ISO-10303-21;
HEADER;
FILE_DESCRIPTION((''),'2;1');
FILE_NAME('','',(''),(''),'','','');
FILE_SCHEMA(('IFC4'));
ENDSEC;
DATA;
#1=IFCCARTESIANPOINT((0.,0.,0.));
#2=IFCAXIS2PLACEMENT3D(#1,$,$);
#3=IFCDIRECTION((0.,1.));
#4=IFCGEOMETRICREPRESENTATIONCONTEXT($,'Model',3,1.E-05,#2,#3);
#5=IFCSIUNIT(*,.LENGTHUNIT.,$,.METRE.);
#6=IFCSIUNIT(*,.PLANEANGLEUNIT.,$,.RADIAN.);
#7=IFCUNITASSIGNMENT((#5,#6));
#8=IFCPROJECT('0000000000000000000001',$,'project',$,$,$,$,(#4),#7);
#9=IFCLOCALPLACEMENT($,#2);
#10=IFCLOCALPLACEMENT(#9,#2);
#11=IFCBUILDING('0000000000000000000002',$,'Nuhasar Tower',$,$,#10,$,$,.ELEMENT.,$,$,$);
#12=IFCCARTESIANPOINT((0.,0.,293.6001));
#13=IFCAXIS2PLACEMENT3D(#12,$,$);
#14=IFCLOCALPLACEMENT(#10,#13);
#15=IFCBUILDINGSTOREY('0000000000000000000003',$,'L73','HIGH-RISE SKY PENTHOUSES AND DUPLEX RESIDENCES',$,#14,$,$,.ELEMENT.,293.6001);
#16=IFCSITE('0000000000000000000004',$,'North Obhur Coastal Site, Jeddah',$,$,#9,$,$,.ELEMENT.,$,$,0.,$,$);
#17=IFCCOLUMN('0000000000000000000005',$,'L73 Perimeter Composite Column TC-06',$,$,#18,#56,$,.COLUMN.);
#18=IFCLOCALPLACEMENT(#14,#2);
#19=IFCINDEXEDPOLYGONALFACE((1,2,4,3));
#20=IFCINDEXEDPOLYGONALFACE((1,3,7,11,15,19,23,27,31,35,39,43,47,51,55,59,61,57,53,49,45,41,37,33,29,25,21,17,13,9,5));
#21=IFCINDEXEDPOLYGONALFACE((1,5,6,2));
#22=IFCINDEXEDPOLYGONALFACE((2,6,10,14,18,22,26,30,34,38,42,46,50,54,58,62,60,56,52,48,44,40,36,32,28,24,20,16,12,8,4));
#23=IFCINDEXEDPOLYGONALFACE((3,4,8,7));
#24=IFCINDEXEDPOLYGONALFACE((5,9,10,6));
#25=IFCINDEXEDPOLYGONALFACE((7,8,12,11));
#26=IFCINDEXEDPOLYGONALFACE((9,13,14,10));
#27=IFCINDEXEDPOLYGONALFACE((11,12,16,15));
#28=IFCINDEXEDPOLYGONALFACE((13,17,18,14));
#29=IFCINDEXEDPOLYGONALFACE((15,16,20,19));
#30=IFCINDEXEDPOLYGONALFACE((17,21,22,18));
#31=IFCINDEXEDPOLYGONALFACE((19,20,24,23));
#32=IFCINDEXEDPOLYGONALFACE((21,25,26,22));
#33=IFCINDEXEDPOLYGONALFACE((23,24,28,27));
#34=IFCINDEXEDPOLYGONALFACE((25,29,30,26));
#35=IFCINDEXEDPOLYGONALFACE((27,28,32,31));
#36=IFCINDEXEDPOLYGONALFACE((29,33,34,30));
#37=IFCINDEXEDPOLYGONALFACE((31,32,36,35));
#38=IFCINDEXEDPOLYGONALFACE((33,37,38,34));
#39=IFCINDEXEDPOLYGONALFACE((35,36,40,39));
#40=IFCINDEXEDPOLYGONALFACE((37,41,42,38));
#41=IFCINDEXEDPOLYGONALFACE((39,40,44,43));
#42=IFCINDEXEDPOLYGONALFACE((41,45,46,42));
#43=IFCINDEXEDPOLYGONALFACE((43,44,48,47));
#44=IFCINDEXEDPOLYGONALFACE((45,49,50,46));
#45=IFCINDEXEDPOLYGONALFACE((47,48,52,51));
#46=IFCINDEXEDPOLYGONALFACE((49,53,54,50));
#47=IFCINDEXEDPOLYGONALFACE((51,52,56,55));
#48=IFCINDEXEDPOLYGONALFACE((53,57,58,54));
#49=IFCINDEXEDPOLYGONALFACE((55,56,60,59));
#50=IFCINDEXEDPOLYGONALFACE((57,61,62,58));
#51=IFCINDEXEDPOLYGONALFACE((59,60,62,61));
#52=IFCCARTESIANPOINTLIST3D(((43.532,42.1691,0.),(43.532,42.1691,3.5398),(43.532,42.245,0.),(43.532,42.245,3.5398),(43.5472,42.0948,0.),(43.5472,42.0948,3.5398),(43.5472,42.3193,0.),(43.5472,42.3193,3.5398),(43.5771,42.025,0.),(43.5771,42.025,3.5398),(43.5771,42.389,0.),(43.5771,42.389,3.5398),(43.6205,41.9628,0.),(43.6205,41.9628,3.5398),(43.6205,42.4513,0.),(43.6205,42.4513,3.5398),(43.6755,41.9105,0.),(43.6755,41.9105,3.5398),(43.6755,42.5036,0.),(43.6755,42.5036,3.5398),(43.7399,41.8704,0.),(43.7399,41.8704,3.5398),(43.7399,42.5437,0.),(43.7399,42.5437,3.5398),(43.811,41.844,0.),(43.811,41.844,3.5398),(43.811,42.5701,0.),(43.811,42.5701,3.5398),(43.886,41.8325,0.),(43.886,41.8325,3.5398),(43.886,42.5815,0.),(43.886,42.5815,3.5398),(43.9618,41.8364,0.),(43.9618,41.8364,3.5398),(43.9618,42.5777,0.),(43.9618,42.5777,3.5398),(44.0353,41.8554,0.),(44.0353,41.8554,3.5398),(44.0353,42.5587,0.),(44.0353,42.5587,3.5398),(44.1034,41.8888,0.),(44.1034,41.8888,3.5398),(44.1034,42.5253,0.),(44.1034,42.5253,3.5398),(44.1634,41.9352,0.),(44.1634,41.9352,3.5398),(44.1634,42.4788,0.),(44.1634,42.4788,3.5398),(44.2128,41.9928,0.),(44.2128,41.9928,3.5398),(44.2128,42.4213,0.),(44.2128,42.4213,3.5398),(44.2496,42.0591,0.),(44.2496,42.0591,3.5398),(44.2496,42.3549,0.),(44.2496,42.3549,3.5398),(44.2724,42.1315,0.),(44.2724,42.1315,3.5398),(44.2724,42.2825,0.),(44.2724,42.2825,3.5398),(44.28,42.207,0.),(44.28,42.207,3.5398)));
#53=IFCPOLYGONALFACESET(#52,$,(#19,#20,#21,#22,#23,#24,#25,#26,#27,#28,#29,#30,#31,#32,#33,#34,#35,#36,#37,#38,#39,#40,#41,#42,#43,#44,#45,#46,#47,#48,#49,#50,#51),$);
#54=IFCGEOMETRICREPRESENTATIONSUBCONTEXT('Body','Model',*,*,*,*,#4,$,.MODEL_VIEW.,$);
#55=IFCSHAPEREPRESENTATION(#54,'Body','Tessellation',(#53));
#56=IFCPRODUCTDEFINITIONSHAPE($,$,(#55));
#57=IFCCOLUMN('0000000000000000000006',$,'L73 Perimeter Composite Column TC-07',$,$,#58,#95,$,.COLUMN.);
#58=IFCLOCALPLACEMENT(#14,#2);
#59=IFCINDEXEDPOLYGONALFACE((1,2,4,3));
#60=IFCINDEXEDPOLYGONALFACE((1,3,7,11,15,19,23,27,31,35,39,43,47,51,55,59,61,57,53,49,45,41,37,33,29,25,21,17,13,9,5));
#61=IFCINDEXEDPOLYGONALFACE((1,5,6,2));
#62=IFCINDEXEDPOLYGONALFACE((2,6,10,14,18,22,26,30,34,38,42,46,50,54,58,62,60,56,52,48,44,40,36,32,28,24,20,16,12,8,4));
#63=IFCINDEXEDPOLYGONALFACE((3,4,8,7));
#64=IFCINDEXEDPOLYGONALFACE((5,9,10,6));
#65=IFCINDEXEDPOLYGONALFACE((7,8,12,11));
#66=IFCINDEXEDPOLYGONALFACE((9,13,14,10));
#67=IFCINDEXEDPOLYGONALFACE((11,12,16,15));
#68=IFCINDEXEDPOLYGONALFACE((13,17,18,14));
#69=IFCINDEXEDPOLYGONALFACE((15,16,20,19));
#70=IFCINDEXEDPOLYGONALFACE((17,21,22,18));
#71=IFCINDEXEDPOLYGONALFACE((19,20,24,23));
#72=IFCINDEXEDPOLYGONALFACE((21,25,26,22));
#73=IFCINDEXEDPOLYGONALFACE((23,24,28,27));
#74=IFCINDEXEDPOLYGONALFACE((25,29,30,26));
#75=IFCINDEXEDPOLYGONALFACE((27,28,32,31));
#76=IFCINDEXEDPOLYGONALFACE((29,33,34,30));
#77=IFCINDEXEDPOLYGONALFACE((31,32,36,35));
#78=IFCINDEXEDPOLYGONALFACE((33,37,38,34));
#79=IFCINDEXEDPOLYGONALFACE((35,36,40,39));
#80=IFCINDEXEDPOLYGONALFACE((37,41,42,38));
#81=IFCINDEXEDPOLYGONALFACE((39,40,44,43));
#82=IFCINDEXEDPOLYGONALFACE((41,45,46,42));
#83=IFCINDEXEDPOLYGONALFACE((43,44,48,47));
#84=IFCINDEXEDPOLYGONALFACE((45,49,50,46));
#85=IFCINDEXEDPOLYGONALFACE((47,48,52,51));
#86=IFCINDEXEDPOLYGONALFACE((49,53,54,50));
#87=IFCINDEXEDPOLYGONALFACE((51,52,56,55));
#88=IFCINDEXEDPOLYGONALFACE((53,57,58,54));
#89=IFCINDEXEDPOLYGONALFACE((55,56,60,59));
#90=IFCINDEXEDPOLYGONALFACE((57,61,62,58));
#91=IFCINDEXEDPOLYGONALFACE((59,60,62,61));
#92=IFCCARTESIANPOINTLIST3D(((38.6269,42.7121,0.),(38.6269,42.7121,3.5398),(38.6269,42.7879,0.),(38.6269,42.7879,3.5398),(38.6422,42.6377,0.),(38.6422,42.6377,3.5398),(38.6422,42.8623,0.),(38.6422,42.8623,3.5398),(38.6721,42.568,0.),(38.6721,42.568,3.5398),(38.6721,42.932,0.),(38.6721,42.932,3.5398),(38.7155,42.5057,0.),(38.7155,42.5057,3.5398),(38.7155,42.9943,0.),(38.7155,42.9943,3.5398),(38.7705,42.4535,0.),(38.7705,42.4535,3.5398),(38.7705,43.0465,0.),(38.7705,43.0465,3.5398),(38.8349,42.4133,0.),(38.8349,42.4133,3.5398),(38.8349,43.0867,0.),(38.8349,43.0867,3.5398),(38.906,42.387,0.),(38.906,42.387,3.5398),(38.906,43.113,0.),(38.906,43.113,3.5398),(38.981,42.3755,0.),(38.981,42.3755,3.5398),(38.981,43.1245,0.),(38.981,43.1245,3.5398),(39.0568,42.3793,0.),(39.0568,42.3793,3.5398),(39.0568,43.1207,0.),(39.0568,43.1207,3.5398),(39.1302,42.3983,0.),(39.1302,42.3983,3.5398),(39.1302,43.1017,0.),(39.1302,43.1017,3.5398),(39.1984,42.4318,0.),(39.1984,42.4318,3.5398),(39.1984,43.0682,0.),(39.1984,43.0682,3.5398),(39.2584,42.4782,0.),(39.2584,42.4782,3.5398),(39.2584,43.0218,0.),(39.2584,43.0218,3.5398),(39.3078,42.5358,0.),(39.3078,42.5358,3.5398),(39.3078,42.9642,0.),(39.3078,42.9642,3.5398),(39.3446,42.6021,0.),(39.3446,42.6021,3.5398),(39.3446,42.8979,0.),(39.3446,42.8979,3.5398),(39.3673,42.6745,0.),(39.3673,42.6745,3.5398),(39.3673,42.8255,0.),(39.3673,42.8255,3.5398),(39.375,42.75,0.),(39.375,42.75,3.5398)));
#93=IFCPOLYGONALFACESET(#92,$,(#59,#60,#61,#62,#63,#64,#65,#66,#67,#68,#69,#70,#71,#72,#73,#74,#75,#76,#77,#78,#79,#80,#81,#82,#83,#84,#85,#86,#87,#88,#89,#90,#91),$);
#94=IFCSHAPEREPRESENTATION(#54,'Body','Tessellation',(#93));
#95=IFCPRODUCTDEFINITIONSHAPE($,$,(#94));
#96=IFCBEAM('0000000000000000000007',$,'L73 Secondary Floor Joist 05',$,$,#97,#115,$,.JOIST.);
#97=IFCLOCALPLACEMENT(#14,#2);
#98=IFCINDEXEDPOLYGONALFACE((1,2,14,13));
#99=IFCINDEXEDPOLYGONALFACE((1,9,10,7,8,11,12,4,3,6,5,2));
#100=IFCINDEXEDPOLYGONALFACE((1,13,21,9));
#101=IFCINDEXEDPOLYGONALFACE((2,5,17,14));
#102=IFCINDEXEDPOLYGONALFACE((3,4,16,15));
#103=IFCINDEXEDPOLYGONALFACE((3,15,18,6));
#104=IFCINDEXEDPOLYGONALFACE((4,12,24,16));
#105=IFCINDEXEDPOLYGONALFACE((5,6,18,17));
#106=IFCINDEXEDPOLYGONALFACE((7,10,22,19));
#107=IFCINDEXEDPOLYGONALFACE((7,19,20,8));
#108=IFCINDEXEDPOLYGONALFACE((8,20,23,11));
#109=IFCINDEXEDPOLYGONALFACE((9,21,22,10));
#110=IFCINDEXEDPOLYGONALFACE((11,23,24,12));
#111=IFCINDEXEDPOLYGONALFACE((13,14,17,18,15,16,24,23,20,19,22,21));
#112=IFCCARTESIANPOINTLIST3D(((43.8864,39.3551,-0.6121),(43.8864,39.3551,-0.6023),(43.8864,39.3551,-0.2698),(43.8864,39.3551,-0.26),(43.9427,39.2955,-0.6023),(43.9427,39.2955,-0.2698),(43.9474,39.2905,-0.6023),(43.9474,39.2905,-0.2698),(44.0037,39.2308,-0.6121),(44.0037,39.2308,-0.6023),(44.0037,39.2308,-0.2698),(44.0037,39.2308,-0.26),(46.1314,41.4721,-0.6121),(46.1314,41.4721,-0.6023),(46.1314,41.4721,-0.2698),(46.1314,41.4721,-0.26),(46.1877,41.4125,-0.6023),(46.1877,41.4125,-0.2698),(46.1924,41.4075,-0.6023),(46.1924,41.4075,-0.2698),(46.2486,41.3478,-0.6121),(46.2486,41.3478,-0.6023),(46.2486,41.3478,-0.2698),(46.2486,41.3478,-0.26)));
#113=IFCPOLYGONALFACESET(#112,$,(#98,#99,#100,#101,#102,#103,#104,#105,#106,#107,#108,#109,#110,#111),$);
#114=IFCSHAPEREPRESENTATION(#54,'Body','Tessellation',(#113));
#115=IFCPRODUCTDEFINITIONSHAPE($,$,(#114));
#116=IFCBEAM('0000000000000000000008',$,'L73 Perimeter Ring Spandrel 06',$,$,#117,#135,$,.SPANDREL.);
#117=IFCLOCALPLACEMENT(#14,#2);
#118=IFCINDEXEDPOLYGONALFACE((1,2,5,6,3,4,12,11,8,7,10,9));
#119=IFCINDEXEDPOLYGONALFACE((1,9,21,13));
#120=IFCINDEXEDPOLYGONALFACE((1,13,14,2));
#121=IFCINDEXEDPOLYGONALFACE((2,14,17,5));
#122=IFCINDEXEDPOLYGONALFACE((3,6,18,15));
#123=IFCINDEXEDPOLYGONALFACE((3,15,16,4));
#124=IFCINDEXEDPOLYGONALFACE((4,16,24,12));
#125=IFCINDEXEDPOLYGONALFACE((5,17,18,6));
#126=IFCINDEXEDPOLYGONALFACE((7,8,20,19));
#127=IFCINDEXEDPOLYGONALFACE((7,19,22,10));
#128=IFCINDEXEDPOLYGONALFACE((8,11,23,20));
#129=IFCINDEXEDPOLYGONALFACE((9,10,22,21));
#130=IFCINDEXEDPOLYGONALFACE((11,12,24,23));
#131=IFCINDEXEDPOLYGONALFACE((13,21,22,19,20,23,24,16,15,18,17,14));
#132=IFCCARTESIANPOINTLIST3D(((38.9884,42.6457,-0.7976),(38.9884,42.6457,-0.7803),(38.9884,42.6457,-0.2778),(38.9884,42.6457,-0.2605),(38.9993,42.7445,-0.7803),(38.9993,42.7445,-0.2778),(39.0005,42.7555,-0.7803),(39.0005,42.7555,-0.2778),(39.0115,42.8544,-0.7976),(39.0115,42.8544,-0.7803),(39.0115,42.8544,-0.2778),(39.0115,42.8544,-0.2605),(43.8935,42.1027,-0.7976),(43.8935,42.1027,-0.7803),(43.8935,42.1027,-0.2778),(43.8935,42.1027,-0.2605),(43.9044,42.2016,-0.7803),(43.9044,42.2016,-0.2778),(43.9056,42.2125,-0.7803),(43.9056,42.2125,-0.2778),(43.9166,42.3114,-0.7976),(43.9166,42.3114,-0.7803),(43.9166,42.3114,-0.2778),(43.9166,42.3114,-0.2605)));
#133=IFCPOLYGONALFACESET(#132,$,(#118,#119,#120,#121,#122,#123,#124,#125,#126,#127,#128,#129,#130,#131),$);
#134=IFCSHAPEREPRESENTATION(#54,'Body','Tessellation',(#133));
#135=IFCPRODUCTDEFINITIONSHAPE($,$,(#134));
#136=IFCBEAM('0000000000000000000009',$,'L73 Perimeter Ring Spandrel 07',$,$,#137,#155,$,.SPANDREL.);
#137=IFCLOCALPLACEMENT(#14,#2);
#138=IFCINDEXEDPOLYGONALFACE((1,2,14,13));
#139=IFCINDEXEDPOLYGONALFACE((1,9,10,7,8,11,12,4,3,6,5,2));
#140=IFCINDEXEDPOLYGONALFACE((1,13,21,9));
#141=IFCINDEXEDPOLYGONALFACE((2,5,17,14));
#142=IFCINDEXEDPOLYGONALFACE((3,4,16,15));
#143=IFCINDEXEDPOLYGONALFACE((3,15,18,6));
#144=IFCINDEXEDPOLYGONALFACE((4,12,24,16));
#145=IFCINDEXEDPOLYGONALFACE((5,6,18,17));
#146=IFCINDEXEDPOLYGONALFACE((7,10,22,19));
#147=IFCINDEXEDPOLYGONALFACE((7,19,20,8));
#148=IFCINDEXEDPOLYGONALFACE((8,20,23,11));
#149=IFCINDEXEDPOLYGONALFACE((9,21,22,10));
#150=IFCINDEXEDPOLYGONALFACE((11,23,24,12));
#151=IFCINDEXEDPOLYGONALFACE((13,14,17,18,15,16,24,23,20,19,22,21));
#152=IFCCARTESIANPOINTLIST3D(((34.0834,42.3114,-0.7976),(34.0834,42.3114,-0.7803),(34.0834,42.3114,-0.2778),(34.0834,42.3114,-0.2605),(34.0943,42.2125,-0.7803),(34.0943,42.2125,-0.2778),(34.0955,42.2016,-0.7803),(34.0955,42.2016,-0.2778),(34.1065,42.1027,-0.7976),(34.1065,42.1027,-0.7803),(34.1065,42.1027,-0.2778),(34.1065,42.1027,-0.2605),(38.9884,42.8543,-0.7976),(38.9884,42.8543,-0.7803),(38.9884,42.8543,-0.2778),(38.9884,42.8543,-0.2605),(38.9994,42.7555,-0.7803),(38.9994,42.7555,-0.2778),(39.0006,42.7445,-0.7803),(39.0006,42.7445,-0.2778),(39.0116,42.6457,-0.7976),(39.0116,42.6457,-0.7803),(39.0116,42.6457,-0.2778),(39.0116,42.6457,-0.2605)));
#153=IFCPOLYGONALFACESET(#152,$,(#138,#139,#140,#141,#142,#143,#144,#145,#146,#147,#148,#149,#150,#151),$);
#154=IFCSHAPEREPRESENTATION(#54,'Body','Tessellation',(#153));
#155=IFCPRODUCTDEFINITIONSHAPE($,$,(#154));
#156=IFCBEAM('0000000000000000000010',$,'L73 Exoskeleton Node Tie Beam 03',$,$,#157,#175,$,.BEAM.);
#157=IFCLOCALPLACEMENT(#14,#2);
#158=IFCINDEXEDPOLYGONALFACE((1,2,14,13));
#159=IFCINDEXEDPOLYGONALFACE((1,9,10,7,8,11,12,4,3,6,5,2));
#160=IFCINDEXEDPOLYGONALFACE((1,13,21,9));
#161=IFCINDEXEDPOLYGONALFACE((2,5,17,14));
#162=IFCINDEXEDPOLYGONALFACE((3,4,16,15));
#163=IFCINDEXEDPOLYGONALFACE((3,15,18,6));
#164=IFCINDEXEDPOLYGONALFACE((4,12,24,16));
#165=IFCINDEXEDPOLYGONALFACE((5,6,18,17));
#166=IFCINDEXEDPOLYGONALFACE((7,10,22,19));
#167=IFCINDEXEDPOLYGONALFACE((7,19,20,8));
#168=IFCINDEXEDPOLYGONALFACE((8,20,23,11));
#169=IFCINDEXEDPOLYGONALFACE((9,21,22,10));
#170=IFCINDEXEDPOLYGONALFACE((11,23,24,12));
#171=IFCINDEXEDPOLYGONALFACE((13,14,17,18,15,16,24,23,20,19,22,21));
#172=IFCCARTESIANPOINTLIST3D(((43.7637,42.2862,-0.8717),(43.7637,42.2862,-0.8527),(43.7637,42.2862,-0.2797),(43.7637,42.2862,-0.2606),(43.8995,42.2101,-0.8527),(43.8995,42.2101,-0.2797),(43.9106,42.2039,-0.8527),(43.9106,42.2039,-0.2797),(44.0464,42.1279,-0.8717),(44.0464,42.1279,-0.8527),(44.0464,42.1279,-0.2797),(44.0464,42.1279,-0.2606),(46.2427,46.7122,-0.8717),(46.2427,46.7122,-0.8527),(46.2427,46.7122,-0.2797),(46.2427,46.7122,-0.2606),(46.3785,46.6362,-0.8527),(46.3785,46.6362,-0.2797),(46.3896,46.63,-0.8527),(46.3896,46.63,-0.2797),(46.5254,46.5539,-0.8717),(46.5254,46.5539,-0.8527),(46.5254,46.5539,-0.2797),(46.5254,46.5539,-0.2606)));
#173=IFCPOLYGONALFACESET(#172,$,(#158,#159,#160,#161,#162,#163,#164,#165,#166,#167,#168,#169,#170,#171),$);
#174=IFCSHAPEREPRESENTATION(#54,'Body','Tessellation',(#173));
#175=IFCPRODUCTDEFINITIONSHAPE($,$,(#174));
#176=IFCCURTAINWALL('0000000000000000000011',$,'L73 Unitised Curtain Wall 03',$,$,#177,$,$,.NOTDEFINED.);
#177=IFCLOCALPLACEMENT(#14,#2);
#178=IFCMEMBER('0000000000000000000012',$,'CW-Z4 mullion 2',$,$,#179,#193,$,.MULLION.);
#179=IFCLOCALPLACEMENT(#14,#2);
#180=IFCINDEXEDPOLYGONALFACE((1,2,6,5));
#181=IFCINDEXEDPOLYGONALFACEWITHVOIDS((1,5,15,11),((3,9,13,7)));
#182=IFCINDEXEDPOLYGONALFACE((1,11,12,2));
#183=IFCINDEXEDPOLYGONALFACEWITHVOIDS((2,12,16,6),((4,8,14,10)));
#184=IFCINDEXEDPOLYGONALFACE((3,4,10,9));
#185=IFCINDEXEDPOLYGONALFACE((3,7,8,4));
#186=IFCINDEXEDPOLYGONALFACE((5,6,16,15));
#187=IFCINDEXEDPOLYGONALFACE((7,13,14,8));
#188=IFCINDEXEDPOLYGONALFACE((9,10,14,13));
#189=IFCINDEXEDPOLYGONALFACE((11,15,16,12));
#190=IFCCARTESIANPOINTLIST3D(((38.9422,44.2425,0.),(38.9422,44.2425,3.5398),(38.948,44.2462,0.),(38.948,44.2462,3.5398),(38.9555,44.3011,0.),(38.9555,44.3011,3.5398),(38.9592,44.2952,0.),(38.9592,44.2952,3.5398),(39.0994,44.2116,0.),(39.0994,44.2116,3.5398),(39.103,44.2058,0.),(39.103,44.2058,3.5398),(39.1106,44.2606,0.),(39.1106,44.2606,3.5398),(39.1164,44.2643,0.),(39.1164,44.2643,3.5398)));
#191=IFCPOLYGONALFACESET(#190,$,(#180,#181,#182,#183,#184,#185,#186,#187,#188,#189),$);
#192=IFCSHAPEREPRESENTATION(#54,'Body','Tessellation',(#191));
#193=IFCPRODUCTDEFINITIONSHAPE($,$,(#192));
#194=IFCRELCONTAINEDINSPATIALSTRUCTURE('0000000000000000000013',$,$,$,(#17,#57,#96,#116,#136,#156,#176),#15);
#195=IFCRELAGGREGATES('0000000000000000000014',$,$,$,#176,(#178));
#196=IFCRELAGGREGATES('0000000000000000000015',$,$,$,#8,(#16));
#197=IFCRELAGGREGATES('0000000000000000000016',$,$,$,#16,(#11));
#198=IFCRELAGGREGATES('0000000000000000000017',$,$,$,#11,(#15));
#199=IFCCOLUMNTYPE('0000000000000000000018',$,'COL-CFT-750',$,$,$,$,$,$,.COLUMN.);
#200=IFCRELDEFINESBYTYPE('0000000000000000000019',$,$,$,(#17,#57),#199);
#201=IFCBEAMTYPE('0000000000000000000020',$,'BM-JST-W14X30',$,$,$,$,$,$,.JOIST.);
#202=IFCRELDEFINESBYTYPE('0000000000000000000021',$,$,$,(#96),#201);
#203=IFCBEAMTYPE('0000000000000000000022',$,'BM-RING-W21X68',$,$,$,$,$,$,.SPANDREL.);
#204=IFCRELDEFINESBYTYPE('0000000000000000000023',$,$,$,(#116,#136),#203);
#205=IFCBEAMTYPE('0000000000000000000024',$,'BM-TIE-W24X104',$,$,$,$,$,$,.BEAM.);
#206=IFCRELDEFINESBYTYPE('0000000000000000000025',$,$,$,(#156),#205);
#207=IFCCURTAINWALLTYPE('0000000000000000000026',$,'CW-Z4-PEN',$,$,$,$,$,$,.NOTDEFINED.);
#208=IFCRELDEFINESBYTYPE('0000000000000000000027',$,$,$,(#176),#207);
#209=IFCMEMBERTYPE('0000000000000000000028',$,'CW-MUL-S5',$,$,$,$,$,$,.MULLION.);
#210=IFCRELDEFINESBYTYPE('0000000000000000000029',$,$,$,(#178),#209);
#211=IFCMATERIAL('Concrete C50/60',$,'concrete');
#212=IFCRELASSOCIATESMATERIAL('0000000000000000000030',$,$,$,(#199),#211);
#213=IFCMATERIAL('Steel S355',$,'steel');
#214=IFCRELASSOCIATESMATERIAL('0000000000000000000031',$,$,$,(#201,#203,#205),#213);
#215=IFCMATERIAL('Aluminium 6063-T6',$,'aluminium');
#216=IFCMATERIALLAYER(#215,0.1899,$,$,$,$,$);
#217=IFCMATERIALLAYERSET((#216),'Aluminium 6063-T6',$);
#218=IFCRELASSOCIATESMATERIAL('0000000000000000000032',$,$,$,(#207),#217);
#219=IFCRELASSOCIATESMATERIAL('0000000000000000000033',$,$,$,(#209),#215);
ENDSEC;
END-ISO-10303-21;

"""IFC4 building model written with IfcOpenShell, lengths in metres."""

from ifc_helpers import new_model, si_unit, direction, frame, origin, origin_2d, place, context, subcontext, project, spatial, hollow_rectangle, circle, i_section, extrude, material, layer, layer_set, material_profile, profile_set, type_object, element, aggregate, save


model = new_model("IFC4")

# Units and contexts
model_context = context("Model", 3, precision=1e-05, world=origin(), true_north=direction((0.0, 1.0)))
body_context = subcontext(model_context, "Body", "Model", "MODEL_VIEW")
ifc_project = project(units=[si_unit("LENGTHUNIT", "METRE"), si_unit("PLANEANGLEUNIT", "RADIAN")], contexts=[model_context])

# Site, building, storey
site_placement = place(None, origin())
site = spatial("IfcSite", under=ifc_project, at=site_placement, Name="North Obhur Coastal Site, Jeddah", CompositionType="ELEMENT", RefElevation=0.0)
building_placement = place(site_placement, origin())
building = spatial("IfcBuilding", under=site, at=building_placement, Name="Nuhasar Tower", CompositionType="ELEMENT")
storey_placement = place(building_placement, frame((0.0, 0.0, 293.6001)))
storey = spatial("IfcBuildingStorey", under=building, at=storey_placement, Name="L73", Description="HIGH-RISE SKY PENTHOUSES AND DUPLEX RESIDENCES", CompositionType="ELEMENT", Elevation=293.6001)

# Columns
ifc_material_1 = material(Name="Concrete C50/60", Category="concrete")
ifc_material_profile_1 = material_profile(ifc_material_1, circle(Radius=0.375, at=origin_2d()), Name="CFT750")
ifc_profile_set_1 = profile_set([ifc_material_profile_1], Name="Concrete C50/60")
column_type = type_object("IfcColumnType", Name="COL-CFT-750", PredefinedType="COLUMN", material=ifc_profile_set_1)
for number, where, z_axis, x_axis, name in (
    (1, (43.905, 42.207, 0.0), (0.0, 0.0, 1.0), (1.0, 0.0, 0.0), "L73 Perimeter Composite Column TC-06"),
    (2, (39.0, 42.75, 0.0), (0.0, 0.0, 1.0), (1.0, 0.0, 0.0), "L73 Perimeter Composite Column TC-07"),
):
    element("IfcColumn", number, at=place(storey_placement, frame(where, z_axis=z_axis, x_axis=x_axis)), inside=storey, type_object=column_type, Name=name, PredefinedType="COLUMN", context=body_context, shape_type="SweptSolid", body=[
        extrude(circle(Radius=0.375, at=origin_2d()), origin(), (0.0, 0.0, 1.0), 3.5398),
    ])

# Beams
ifc_material_2 = material(Name="Steel S355", Category="steel")
ifc_material_profile_2 = material_profile(ifc_material_2, i_section(OverallWidth=0.1709, OverallDepth=0.3521, WebThickness=0.0068, FlangeThickness=0.0098, at=origin_2d()), Name="W14X30")
ifc_profile_set_2 = profile_set([ifc_material_profile_2], Name="Steel S355")
beam_type_1 = type_object("IfcBeamType", Name="BM-JST-W14X30", PredefinedType="JOIST", material=ifc_profile_set_2)
beam_1_placement = place(storey_placement, frame((43.9451, 39.293, -0.436), z_axis=(0.727533, 0.686073, 0.0), x_axis=(-0.686073, 0.727533, 0.0)))
element("IfcBeam", 3, at=beam_1_placement, inside=storey, type_object=beam_type_1, Name="L73 Secondary Floor Joist 05", PredefinedType="JOIST", context=body_context, shape_type="SweptSolid", body=[
    extrude(i_section(OverallWidth=0.1709, OverallDepth=0.3521, WebThickness=0.0068, FlangeThickness=0.0098, at=origin_2d()), origin(), (0.0, 0.0, 1.0), 3.0857),
])
ifc_material_profile_3 = material_profile(ifc_material_2, i_section(OverallWidth=0.21, OverallDepth=0.5371, WebThickness=0.011, FlangeThickness=0.0173, at=origin_2d()), Name="W21X68")
ifc_profile_set_3 = profile_set([ifc_material_profile_3], Name="Steel S355")
beam_type_2 = type_object("IfcBeamType", Name="BM-RING-W21X68", PredefinedType="SPANDREL", material=ifc_profile_set_3)
for number, where, z_axis, x_axis, name in (
    (4, (43.905, 42.207, -0.5291), (-0.993929, 0.110024, 0.0), (-0.110024, -0.993929, 0.0), "L73 Perimeter Ring Spandrel 06"),
    (5, (39.0, 42.75, -0.5291), (-0.993929, -0.110024, 0.0), (0.110024, -0.993929, 0.0), "L73 Perimeter Ring Spandrel 07"),
):
    element("IfcBeam", number, at=place(storey_placement, frame(where, z_axis=z_axis, x_axis=x_axis)), inside=storey, type_object=beam_type_2, Name=name, PredefinedType="SPANDREL", context=body_context, shape_type="SweptSolid", body=[
        extrude(i_section(OverallWidth=0.21, OverallDepth=0.5371, WebThickness=0.011, FlangeThickness=0.0173, at=origin_2d()), origin(), (0.0, 0.0, 1.0), 4.9351),
    ])
ifc_material_profile_4 = material_profile(ifc_material_2, i_section(OverallWidth=0.324, OverallDepth=0.6111, WebThickness=0.0127, FlangeThickness=0.019, at=origin_2d()), Name="W24X104")
ifc_profile_set_4 = profile_set([ifc_material_profile_4], Name="Steel S355")
beam_type_3 = type_object("IfcBeamType", Name="BM-TIE-W24X104", PredefinedType="BEAM", material=ifc_profile_set_4)
beam_2_placement = place(storey_placement, frame((43.905, 42.207, -0.5662), z_axis=(0.488668, 0.87247, 0.0), x_axis=(-0.87247, 0.488668, 0.0)))
element("IfcBeam", 6, at=beam_2_placement, inside=storey, type_object=beam_type_3, Name="L73 Exoskeleton Node Tie Beam 03", PredefinedType="BEAM", context=body_context, shape_type="SweptSolid", body=[
    extrude(i_section(OverallWidth=0.324, OverallDepth=0.6111, WebThickness=0.0127, FlangeThickness=0.019, at=origin_2d()), origin(), (0.0, 0.0, 1.0), 5.073),
])

# Curtain wall, member
ifc_material_3 = material(Name="Aluminium 6063-T6", Category="aluminium")
ifc_layer_1 = layer(ifc_material_3, 0.1899)
ifc_layer_set_1 = layer_set([ifc_layer_1], Name="Aluminium 6063-T6")
curtain_wall_type = type_object("IfcCurtainWallType", Name="CW-Z4-PEN", PredefinedType="NOTDEFINED", material=ifc_layer_set_1)
curtain_wall_placement = place(storey_placement, origin())
curtain_wall = element("IfcCurtainWall", 7, at=curtain_wall_placement, inside=storey, type_object=curtain_wall_type, Name="L73 Unitised Curtain Wall 03", PredefinedType="NOTDEFINED")
ifc_material_profile_5 = material_profile(ifc_material_3, hollow_rectangle(XDim=0.0601, YDim=0.165, WallThickness=0.0049, at=origin_2d()), Name="CWM-5")
ifc_profile_set_5 = profile_set([ifc_material_profile_5], Name="Aluminium 6063-T6")
member_type_1 = type_object("IfcMemberType", Name="CW-MUL-S5", PredefinedType="MULLION", material=ifc_profile_set_5)
member_1_placement = place(storey_placement, frame((39.0293, 44.2534, 0.0), z_axis=(0.0, 0.0, 1.0), x_axis=(-0.222889, -0.974844, 0.0)))
member_1 = element("IfcMember", 8, at=member_1_placement, type_object=member_type_1, Name="CW-Z4 mullion 2", PredefinedType="MULLION", context=body_context, shape_type="SweptSolid", body=[
    extrude(hollow_rectangle(XDim=0.0601, YDim=0.165, WallThickness=0.0049, at=origin_2d()), origin(), (0.0, 0.0, 1.0), 3.5398),
])

aggregate(curtain_wall, [member_1])

save(model, "model.ifc")
